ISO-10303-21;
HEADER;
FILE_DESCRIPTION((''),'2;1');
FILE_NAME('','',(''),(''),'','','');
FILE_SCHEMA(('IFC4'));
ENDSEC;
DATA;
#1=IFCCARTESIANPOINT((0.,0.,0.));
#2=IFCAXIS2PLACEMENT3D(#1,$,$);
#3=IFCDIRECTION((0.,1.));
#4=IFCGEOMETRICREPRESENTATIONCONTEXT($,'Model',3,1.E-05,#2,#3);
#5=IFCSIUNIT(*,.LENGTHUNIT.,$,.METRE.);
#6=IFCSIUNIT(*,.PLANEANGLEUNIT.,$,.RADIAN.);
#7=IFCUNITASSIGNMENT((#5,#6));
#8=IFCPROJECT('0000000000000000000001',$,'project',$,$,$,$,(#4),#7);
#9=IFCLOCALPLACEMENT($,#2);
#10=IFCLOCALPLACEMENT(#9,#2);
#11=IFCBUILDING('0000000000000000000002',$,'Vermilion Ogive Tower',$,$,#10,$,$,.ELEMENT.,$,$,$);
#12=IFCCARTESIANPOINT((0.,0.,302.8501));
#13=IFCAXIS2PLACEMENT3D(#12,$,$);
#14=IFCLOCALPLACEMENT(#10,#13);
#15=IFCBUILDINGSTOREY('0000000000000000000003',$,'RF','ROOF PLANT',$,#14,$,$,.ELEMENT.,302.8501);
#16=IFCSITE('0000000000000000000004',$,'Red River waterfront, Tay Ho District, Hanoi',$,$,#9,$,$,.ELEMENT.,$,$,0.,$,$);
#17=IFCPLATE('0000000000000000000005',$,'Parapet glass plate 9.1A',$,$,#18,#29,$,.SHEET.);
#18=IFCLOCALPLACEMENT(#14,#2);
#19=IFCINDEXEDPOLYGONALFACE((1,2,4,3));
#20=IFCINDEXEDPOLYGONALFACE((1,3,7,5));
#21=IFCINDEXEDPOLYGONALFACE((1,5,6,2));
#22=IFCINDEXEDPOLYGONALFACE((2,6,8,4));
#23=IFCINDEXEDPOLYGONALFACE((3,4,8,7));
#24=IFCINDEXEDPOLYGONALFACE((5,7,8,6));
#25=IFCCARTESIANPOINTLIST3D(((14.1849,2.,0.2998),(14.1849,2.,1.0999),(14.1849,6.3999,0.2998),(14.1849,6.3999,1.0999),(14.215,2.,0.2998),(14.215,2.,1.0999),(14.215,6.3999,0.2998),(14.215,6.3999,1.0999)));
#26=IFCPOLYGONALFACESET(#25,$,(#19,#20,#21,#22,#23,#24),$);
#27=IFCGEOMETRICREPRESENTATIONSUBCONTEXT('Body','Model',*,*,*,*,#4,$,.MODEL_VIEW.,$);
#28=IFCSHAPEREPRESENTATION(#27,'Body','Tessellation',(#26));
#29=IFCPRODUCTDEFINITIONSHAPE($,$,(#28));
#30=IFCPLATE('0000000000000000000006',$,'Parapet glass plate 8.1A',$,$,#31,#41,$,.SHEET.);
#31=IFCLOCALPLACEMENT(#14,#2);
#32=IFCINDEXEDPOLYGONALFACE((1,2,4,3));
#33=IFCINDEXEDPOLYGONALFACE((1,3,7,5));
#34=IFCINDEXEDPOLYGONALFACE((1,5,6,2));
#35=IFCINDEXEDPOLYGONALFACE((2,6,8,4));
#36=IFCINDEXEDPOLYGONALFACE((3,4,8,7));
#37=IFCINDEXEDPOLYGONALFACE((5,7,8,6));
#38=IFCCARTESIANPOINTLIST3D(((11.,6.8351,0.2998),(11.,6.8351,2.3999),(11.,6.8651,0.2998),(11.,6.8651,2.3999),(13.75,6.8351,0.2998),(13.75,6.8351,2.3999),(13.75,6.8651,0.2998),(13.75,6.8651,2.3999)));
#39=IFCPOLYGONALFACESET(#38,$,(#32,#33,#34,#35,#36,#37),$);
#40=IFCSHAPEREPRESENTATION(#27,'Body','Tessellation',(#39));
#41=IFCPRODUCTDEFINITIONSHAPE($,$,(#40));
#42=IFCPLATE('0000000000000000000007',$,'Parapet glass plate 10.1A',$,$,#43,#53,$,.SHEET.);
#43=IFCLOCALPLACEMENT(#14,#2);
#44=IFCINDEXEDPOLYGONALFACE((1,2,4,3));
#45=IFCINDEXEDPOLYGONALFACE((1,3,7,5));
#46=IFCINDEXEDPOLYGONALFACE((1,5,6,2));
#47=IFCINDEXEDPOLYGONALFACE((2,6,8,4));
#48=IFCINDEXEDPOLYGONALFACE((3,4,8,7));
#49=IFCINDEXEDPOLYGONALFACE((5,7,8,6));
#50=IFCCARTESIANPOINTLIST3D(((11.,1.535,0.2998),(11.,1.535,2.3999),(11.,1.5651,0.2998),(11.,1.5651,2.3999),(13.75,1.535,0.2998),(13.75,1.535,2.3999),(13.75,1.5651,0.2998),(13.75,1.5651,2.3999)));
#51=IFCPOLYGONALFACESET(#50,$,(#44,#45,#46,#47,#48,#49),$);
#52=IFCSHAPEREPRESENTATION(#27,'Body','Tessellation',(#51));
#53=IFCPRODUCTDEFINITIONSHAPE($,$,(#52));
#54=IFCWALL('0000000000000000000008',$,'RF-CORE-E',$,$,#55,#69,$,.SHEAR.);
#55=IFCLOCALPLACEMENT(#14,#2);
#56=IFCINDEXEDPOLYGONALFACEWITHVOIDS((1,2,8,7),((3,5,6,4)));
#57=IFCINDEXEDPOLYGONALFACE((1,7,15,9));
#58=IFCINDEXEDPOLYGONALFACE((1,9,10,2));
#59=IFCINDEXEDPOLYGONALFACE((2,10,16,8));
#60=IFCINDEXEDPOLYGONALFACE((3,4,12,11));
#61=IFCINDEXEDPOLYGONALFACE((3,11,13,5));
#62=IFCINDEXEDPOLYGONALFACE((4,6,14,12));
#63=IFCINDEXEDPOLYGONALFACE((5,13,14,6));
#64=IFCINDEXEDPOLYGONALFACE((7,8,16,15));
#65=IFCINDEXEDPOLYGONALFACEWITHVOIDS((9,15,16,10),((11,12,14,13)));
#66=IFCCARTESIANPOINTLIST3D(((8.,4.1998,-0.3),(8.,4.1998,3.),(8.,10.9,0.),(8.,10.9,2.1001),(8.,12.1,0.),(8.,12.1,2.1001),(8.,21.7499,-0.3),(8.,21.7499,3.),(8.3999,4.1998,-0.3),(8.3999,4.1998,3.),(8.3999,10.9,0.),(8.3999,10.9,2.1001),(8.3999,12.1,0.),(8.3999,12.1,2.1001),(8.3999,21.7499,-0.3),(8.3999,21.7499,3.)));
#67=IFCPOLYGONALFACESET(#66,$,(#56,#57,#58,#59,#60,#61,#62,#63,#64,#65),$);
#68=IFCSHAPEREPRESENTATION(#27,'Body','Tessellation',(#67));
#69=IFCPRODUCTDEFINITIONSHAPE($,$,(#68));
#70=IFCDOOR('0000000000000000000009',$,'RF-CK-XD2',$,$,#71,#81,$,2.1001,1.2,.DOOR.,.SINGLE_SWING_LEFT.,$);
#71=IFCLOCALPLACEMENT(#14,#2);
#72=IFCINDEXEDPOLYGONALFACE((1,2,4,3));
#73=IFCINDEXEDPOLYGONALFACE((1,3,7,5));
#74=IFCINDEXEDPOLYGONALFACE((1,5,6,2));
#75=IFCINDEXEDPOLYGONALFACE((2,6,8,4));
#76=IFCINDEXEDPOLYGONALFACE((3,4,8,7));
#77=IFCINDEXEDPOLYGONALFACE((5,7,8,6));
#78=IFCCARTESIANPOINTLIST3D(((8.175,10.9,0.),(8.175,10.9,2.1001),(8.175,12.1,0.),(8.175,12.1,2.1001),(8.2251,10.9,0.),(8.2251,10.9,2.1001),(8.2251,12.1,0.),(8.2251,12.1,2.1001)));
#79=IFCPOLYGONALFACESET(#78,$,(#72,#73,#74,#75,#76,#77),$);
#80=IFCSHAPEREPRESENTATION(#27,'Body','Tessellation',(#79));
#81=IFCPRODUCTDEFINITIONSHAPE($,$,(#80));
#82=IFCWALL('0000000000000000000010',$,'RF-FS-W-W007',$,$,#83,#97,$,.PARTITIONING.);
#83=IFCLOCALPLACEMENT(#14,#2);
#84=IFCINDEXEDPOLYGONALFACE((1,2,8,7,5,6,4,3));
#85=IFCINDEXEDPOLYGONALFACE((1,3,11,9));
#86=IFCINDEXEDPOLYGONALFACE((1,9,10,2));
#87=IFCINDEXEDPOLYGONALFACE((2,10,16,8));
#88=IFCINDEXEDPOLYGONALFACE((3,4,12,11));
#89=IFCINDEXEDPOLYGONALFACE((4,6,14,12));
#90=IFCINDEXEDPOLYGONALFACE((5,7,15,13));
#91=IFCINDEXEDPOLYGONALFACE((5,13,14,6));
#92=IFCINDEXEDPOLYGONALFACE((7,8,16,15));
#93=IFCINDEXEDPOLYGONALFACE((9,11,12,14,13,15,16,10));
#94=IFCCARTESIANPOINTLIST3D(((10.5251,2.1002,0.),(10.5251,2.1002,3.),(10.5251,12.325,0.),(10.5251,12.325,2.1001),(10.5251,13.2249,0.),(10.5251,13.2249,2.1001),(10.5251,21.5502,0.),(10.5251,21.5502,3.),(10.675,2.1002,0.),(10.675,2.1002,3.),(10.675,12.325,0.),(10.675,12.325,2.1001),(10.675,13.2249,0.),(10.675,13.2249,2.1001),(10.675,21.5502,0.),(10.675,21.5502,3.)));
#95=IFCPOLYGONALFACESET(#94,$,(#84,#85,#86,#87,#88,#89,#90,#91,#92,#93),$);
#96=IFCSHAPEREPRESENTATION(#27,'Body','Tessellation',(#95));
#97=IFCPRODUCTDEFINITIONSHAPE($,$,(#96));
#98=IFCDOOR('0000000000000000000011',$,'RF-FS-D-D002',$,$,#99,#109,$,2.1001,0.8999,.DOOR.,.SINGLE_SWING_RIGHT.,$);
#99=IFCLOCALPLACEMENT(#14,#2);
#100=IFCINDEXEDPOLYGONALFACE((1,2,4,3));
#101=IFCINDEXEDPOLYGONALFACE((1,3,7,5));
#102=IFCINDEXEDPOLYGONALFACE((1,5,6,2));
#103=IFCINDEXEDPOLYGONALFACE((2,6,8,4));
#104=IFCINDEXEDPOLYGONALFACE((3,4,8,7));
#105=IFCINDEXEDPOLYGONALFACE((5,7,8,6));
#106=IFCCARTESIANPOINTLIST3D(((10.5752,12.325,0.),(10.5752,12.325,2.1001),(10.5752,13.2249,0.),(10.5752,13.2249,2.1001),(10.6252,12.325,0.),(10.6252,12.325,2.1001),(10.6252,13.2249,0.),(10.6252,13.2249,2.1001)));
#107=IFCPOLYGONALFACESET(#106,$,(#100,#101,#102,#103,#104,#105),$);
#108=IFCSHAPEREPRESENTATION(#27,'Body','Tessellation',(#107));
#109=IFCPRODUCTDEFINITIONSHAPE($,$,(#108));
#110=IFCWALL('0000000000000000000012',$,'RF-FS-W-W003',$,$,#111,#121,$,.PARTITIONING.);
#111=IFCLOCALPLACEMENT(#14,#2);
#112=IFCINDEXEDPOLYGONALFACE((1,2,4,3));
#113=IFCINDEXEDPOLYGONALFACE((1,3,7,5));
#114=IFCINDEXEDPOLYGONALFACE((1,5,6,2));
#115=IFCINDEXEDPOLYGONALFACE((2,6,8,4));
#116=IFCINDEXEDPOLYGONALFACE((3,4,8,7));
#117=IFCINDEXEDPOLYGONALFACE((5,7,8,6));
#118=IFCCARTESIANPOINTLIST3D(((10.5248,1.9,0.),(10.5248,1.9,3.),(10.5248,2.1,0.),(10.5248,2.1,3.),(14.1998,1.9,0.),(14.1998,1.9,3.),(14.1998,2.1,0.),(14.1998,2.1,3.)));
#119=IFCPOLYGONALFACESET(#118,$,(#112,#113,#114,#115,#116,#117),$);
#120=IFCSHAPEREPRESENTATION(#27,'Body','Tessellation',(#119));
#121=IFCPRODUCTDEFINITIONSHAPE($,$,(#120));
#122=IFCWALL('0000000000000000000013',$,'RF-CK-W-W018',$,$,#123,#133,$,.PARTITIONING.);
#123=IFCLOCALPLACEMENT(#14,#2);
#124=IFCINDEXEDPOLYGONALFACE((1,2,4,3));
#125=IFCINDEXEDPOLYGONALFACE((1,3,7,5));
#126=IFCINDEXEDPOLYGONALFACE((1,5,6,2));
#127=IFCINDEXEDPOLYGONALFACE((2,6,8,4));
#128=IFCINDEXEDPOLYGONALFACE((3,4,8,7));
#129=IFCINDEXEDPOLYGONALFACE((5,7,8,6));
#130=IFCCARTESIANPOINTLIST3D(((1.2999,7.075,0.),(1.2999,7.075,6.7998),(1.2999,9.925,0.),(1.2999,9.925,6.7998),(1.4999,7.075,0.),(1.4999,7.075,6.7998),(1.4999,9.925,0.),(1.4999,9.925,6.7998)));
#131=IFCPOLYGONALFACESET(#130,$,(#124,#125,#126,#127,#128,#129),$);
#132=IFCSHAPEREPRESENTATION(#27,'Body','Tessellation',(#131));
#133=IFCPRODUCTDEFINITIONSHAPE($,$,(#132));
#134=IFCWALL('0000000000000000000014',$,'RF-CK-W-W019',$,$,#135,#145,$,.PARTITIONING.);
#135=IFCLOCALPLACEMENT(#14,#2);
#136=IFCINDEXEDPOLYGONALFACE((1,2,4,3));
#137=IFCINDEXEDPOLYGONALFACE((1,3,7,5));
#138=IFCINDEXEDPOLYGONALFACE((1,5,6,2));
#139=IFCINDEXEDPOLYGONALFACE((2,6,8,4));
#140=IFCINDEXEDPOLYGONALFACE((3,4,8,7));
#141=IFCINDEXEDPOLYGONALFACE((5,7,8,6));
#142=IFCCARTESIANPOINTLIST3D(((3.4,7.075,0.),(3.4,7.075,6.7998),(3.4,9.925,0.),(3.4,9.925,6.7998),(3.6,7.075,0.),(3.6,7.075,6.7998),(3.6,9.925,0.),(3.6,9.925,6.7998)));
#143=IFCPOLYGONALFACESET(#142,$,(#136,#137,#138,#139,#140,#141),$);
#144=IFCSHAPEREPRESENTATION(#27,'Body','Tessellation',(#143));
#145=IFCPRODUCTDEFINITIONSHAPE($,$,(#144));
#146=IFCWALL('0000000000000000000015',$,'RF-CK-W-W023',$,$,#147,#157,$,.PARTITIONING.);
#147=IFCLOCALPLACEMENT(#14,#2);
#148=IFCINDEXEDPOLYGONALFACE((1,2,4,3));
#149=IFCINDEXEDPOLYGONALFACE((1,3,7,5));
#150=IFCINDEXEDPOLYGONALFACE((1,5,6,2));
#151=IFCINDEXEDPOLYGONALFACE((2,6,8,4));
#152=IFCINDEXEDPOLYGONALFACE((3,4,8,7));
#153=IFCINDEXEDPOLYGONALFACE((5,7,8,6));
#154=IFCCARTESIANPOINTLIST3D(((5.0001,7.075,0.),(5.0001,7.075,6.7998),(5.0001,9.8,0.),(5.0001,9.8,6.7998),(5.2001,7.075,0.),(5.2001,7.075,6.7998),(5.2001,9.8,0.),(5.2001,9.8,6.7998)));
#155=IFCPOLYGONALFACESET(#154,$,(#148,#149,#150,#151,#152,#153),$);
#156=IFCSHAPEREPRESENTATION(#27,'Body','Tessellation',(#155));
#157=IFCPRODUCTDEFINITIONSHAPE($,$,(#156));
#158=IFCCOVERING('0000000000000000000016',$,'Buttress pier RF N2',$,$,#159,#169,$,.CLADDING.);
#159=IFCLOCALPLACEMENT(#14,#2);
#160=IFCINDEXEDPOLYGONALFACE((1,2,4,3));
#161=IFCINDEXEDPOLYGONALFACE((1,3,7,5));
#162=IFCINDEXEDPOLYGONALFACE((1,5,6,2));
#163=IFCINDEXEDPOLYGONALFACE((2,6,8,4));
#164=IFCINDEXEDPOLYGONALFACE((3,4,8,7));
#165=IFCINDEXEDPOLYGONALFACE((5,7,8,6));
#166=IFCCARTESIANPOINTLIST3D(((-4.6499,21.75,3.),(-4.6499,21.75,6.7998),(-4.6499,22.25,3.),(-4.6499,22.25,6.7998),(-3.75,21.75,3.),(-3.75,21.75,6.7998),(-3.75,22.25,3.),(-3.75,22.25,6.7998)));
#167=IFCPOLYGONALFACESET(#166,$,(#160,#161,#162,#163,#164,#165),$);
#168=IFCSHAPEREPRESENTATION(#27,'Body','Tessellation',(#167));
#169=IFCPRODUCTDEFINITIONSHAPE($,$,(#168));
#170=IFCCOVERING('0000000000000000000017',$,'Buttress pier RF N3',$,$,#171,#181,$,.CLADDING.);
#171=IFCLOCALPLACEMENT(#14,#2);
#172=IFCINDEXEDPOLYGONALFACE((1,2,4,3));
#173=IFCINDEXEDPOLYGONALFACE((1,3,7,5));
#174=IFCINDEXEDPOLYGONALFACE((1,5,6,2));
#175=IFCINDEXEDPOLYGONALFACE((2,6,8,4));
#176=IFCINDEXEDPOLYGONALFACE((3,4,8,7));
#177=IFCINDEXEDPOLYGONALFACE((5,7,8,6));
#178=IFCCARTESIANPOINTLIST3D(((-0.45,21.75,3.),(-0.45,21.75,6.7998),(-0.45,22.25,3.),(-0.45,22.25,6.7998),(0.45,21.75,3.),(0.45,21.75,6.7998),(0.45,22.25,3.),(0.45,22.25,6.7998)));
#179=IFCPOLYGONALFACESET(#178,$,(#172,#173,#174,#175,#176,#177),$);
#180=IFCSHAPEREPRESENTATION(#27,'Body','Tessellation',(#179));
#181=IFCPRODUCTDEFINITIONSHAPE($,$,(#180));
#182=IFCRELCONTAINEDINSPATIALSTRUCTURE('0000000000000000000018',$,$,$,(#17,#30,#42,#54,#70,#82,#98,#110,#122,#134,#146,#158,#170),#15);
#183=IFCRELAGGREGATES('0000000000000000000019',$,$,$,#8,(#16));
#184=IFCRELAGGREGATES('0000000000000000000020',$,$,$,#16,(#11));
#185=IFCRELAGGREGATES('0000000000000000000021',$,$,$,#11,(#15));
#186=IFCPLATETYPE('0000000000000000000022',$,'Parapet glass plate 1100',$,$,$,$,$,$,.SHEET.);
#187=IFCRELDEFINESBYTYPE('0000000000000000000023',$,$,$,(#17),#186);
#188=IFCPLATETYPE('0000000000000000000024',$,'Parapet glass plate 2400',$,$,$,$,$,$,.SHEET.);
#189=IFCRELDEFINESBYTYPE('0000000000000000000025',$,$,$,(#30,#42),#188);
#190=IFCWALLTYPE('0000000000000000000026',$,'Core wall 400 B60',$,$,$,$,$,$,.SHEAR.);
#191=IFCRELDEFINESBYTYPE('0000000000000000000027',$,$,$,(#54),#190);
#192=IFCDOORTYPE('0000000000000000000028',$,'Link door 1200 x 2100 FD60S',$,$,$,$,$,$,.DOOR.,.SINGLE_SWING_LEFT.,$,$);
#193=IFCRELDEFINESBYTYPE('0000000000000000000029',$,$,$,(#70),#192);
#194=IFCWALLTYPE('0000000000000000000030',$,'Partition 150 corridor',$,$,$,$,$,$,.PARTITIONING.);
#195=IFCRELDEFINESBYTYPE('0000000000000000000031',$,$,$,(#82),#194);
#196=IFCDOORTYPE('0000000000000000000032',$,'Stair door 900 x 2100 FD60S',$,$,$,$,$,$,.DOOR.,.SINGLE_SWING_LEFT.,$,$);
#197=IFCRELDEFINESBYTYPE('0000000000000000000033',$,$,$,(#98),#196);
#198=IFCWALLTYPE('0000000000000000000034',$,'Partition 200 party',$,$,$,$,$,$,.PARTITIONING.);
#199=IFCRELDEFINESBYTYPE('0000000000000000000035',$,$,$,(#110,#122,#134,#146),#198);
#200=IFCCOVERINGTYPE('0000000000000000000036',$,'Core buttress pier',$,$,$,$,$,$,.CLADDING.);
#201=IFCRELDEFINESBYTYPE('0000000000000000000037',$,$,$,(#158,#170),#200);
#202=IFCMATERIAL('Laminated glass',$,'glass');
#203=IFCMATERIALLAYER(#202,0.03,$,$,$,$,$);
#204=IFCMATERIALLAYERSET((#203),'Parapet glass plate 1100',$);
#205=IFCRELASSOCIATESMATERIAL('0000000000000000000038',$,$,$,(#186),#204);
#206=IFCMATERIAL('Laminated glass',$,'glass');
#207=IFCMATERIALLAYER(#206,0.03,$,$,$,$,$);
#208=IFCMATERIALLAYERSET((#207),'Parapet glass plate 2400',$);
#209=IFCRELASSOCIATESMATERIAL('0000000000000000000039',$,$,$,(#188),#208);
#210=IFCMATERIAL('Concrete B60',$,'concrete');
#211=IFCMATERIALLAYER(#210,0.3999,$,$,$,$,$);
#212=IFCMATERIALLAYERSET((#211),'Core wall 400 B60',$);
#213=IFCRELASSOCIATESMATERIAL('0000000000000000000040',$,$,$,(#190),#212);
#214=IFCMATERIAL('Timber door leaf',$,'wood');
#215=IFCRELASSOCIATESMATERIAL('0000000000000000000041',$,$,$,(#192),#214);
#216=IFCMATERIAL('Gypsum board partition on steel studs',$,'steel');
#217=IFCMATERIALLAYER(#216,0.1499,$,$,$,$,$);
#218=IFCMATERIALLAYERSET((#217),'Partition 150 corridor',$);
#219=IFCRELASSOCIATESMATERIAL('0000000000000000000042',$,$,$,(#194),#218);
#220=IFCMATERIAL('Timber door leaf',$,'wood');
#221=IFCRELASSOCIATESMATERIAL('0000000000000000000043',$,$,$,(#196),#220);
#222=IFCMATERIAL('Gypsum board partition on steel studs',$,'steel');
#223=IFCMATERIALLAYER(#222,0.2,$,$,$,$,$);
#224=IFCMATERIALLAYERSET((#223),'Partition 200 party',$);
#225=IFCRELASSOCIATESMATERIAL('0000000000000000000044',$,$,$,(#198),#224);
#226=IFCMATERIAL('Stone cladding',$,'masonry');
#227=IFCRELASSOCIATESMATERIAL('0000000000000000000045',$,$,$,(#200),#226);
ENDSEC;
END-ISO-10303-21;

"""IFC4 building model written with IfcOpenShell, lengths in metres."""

from ifc_helpers import new_model, si_unit, direction, frame, frame_2d, origin, origin_2d, place, context, subcontext, project, spatial, polyline, rectangle, outline, extrude, material, layer, layer_set, type_object, element, fill, save


model = new_model("IFC4")

# Units and contexts
model_context = context("Model", 3, precision=1e-05, world=origin(), true_north=direction((0.0, 1.0)))
body_context = subcontext(model_context, "Body", "Model", "MODEL_VIEW")
ifc_project = project(units=[si_unit("LENGTHUNIT", "METRE"), si_unit("PLANEANGLEUNIT", "RADIAN")], contexts=[model_context])

# Site, building, storey
site_placement = place(None, origin())
site = spatial("IfcSite", under=ifc_project, at=site_placement, Name="Red River waterfront, Tay Ho District, Hanoi", CompositionType="ELEMENT", RefElevation=0.0)
building_placement = place(site_placement, origin())
building = spatial("IfcBuilding", under=site, at=building_placement, Name="Vermilion Ogive Tower", CompositionType="ELEMENT")
storey_placement = place(building_placement, frame((0.0, 0.0, 302.8501)))
storey = spatial("IfcBuildingStorey", under=building, at=storey_placement, Name="RF", Description="ROOF PLANT", CompositionType="ELEMENT", Elevation=302.8501)

# Plates
ifc_material_1 = material(Name="Laminated glass", Category="glass")
ifc_layer_1 = layer(ifc_material_1, 0.03)
ifc_layer_set_1 = layer_set([ifc_layer_1], Name="Parapet glass plate 1100")
plate_type_1 = type_object("IfcPlateType", Name="Parapet glass plate 1100", PredefinedType="SHEET", material=ifc_layer_set_1)
plate_placement = place(storey_placement, frame((14.2, 4.2, 0.2998), z_axis=(0.0, 0.0, 1.0), x_axis=(0.0, -1.0, 0.0)))
element("IfcPlate", 1, at=plate_placement, inside=storey, type_object=plate_type_1, Name="Parapet glass plate 9.1A", PredefinedType="SHEET", context=body_context, shape_type="SweptSolid", body=[
    extrude(rectangle(XDim=4.3999, YDim=0.03, at=origin_2d()), origin(), (0.0, 0.0, 1.0), 0.8),
])
ifc_material_2 = material(Name="Laminated glass", Category="glass")
ifc_layer_2 = layer(ifc_material_2, 0.03)
ifc_layer_set_2 = layer_set([ifc_layer_2], Name="Parapet glass plate 2400")
plate_type_2 = type_object("IfcPlateType", Name="Parapet glass plate 2400", PredefinedType="SHEET", material=ifc_layer_set_2)
for number, where, z_axis, x_axis, name in (
    (2, (12.375, 6.8501, 0.2998), (0.0, 0.0, 1.0), (1.0, 0.0, 0.0), "Parapet glass plate 8.1A"),
    (3, (12.375, 1.55, 0.2998), (0.0, 0.0, 1.0), (-1.0, 0.0, 0.0), "Parapet glass plate 10.1A"),
):
    element("IfcPlate", number, at=place(storey_placement, frame(where, z_axis=z_axis, x_axis=x_axis)), inside=storey, type_object=plate_type_2, Name=name, PredefinedType="SHEET", context=body_context, shape_type="SweptSolid", body=[
        extrude(rectangle(XDim=2.75, YDim=0.03, at=origin_2d()), origin(), (0.0, 0.0, 1.0), 2.1001),
    ])

# Walls, openings, doors
ifc_material_3 = material(Name="Concrete B60", Category="concrete")
ifc_layer_3 = layer(ifc_material_3, 0.3999)
ifc_layer_set_3 = layer_set([ifc_layer_3], Name="Core wall 400 B60")
wall_type_1 = type_object("IfcWallType", Name="Core wall 400 B60", PredefinedType="SHEAR", material=ifc_layer_set_3)
wall_1_placement = place(storey_placement, frame((8.2, 4.2, -0.3), z_axis=(0.0, 0.0, 1.0), x_axis=(0.0, 1.0, 0.0)))
wall_1 = element("IfcWall", 4, at=wall_1_placement, inside=storey, type_object=wall_type_1, Name="RF-CORE-E", PredefinedType="SHEAR", context=body_context, shape_type="SweptSolid", body=[
    extrude(rectangle(XDim=17.55, YDim=0.3999, at=frame_2d((8.7749, 0.0))), origin(), (0.0, 0.0, 1.0), 3.3),
])
opening_1_placement = place(wall_1_placement, frame((6.7, 0.0, 0.3)))
opening_1 = element("IfcOpeningElement", 5, at=opening_1_placement, cuts=wall_1, PredefinedType="OPENING", context=body_context, shape_type="SweptSolid", body=[
    extrude(rectangle(XDim=1.2, YDim=2.1001, at=frame_2d((0.6001, 1.05))), frame((0.0, 0.21, 0.0), z_axis=(0.0, -1.0, 0.0), x_axis=(1.0, 0.0, 0.0)), (0.0, 0.0, 1.0), 0.4199),
])
ifc_material_4 = material(Name="Timber door leaf", Category="wood")
door_type_1 = type_object("IfcDoorType", Name="Link door 1200 x 2100 FD60S", OperationType="SINGLE_SWING_LEFT", PredefinedType="DOOR", material=ifc_material_4)
door_1_placement = place(opening_1_placement, origin())
door_1 = element("IfcDoor", 6, at=door_1_placement, inside=storey, type_object=door_type_1, Name="RF-CK-XD2", OperationType="SINGLE_SWING_LEFT", OverallHeight=2.1001, OverallWidth=1.2, PredefinedType="DOOR", context=body_context, shape_type="SweptSolid", body=[
    extrude(rectangle(XDim=1.2, YDim=2.1001, at=frame_2d((0.6001, 1.05))), frame((0.0, 0.0249, 0.0), z_axis=(0.0, -1.0, 0.0), x_axis=(1.0, 0.0, 0.0)), (0.0, 0.0, 1.0), 0.05),
])
fill(opening_1, door_1)
ifc_material_5 = material(Name="Gypsum board partition on steel studs", Category="steel")
ifc_layer_4 = layer(ifc_material_5, 0.1499)
ifc_layer_set_4 = layer_set([ifc_layer_4], Name="Partition 150 corridor")
wall_type_2 = type_object("IfcWallType", Name="Partition 150 corridor", PredefinedType="PARTITIONING", material=ifc_layer_set_4)
wall_2_placement = place(storey_placement, frame((10.6001, 2.1001, 0.0), z_axis=(0.0, 0.0, 1.0), x_axis=(0.0, 1.0, 0.0)))
wall_2 = element("IfcWall", 7, at=wall_2_placement, inside=storey, type_object=wall_type_2, Name="RF-FS-W-W007", PredefinedType="PARTITIONING", context=body_context, shape_type="SweptSolid", body=[
    extrude(rectangle(XDim=19.45, YDim=0.1499, at=frame_2d((9.7251, 0.0))), origin(), (0.0, 0.0, 1.0), 3.0),
])
opening_2_placement = place(wall_2_placement, frame((10.2249, 0.0, 0.0)))
opening_2 = element("IfcOpeningElement", 8, at=opening_2_placement, cuts=wall_2, PredefinedType="OPENING", context=body_context, shape_type="SweptSolid", body=[
    extrude(rectangle(XDim=0.8999, YDim=2.1001, at=frame_2d((0.45, 1.05))), frame((0.0, 0.085, 0.0), z_axis=(0.0, -1.0, 0.0), x_axis=(1.0, 0.0, 0.0)), (0.0, 0.0, 1.0), 0.1699),
])
ifc_material_6 = material(Name="Timber door leaf", Category="wood")
door_type_2 = type_object("IfcDoorType", Name="Stair door 900 x 2100 FD60S", OperationType="SINGLE_SWING_LEFT", PredefinedType="DOOR", material=ifc_material_6)
door_2_placement = place(opening_2_placement, origin())
door_2 = element("IfcDoor", 9, at=door_2_placement, inside=storey, type_object=door_type_2, Name="RF-FS-D-D002", OperationType="SINGLE_SWING_RIGHT", OverallHeight=2.1001, OverallWidth=0.8999, PredefinedType="DOOR", context=body_context, shape_type="SweptSolid", body=[
    extrude(rectangle(XDim=0.8999, YDim=2.1001, at=frame_2d((0.45, 1.05))), frame((0.0, 0.0249, 0.0), z_axis=(0.0, -1.0, 0.0), x_axis=(1.0, 0.0, 0.0)), (0.0, 0.0, 1.0), 0.05),
])
fill(opening_2, door_2)

# Walls
ifc_material_7 = material(Name="Gypsum board partition on steel studs", Category="steel")
ifc_layer_5 = layer(ifc_material_7, 0.2)
ifc_layer_set_5 = layer_set([ifc_layer_5], Name="Partition 200 party")
wall_type_3 = type_object("IfcWallType", Name="Partition 200 party", PredefinedType="PARTITIONING", material=ifc_layer_set_5)
wall_3_placement = place(storey_placement, frame((10.5249, 2.0, 0.0), z_axis=(0.0, 0.0, 1.0), x_axis=(1.0, 0.0, 0.0)))
element("IfcWall", 10, at=wall_3_placement, inside=storey, type_object=wall_type_3, Name="RF-FS-W-W003", PredefinedType="PARTITIONING", context=body_context, shape_type="SweptSolid", body=[
    extrude(rectangle(XDim=3.675, YDim=0.2, at=frame_2d((1.8374, 0.0))), origin(), (0.0, 0.0, 1.0), 3.0),
])
for number, where, z_axis, x_axis, name in (
    (11, (1.3999, 7.075, 0.0), (0.0, 0.0, 1.0), (0.0, 1.0, 0.0), "RF-CK-W-W018"),
    (12, (3.5, 7.075, 0.0), (0.0, 0.0, 1.0), (0.0, 1.0, 0.0), "RF-CK-W-W019"),
):
    element("IfcWall", number, at=place(storey_placement, frame(where, z_axis=z_axis, x_axis=x_axis)), inside=storey, type_object=wall_type_3, Name=name, PredefinedType="PARTITIONING", context=body_context, shape_type="SweptSolid", body=[
        extrude(rectangle(XDim=2.8501, YDim=0.2, at=frame_2d((1.425, 0.0))), origin(), (0.0, 0.0, 1.0), 6.7998),
    ])
wall_4_placement = place(storey_placement, frame((5.1001, 7.075, 0.0), z_axis=(0.0, 0.0, 1.0), x_axis=(0.0, 1.0, 0.0)))
element("IfcWall", 13, at=wall_4_placement, inside=storey, type_object=wall_type_3, Name="RF-CK-W-W023", PredefinedType="PARTITIONING", context=body_context, shape_type="SweptSolid", body=[
    extrude(rectangle(XDim=2.7251, YDim=0.2, at=frame_2d((1.3625, 0.0))), origin(), (0.0, 0.0, 1.0), 6.7998),
])

# Coverings
ifc_material_8 = material(Name="Stone cladding", Category="masonry")
covering_type = type_object("IfcCoveringType", Name="Core buttress pier", PredefinedType="CLADDING", material=ifc_material_8)
covering_1_placement = place(storey_placement, frame((0.0, 0.0, 3.0)))
element("IfcCovering", 14, at=covering_1_placement, inside=storey, type_object=covering_type, Name="Buttress pier RF N2", PredefinedType="CLADDING", context=body_context, shape_type="SweptSolid", body=[
    extrude(outline(polyline([(-4.6499, 21.75), (-3.75, 21.75), (-3.75, 22.25), (-4.6499, 22.25), (-4.6499, 21.75)])), origin(), (0.0, 0.0, 1.0), 3.7998),
])
covering_2_placement = place(storey_placement, frame((0.0, 0.0, 3.0)))
element("IfcCovering", 15, at=covering_2_placement, inside=storey, type_object=covering_type, Name="Buttress pier RF N3", PredefinedType="CLADDING", context=body_context, shape_type="SweptSolid", body=[
    extrude(outline(polyline([(-0.45, 21.75), (0.45, 21.75), (0.45, 22.25), (-0.45, 22.25), (-0.45, 21.75)])), origin(), (0.0, 0.0, 1.0), 3.7998),
])

save(model, "model.ifc")
